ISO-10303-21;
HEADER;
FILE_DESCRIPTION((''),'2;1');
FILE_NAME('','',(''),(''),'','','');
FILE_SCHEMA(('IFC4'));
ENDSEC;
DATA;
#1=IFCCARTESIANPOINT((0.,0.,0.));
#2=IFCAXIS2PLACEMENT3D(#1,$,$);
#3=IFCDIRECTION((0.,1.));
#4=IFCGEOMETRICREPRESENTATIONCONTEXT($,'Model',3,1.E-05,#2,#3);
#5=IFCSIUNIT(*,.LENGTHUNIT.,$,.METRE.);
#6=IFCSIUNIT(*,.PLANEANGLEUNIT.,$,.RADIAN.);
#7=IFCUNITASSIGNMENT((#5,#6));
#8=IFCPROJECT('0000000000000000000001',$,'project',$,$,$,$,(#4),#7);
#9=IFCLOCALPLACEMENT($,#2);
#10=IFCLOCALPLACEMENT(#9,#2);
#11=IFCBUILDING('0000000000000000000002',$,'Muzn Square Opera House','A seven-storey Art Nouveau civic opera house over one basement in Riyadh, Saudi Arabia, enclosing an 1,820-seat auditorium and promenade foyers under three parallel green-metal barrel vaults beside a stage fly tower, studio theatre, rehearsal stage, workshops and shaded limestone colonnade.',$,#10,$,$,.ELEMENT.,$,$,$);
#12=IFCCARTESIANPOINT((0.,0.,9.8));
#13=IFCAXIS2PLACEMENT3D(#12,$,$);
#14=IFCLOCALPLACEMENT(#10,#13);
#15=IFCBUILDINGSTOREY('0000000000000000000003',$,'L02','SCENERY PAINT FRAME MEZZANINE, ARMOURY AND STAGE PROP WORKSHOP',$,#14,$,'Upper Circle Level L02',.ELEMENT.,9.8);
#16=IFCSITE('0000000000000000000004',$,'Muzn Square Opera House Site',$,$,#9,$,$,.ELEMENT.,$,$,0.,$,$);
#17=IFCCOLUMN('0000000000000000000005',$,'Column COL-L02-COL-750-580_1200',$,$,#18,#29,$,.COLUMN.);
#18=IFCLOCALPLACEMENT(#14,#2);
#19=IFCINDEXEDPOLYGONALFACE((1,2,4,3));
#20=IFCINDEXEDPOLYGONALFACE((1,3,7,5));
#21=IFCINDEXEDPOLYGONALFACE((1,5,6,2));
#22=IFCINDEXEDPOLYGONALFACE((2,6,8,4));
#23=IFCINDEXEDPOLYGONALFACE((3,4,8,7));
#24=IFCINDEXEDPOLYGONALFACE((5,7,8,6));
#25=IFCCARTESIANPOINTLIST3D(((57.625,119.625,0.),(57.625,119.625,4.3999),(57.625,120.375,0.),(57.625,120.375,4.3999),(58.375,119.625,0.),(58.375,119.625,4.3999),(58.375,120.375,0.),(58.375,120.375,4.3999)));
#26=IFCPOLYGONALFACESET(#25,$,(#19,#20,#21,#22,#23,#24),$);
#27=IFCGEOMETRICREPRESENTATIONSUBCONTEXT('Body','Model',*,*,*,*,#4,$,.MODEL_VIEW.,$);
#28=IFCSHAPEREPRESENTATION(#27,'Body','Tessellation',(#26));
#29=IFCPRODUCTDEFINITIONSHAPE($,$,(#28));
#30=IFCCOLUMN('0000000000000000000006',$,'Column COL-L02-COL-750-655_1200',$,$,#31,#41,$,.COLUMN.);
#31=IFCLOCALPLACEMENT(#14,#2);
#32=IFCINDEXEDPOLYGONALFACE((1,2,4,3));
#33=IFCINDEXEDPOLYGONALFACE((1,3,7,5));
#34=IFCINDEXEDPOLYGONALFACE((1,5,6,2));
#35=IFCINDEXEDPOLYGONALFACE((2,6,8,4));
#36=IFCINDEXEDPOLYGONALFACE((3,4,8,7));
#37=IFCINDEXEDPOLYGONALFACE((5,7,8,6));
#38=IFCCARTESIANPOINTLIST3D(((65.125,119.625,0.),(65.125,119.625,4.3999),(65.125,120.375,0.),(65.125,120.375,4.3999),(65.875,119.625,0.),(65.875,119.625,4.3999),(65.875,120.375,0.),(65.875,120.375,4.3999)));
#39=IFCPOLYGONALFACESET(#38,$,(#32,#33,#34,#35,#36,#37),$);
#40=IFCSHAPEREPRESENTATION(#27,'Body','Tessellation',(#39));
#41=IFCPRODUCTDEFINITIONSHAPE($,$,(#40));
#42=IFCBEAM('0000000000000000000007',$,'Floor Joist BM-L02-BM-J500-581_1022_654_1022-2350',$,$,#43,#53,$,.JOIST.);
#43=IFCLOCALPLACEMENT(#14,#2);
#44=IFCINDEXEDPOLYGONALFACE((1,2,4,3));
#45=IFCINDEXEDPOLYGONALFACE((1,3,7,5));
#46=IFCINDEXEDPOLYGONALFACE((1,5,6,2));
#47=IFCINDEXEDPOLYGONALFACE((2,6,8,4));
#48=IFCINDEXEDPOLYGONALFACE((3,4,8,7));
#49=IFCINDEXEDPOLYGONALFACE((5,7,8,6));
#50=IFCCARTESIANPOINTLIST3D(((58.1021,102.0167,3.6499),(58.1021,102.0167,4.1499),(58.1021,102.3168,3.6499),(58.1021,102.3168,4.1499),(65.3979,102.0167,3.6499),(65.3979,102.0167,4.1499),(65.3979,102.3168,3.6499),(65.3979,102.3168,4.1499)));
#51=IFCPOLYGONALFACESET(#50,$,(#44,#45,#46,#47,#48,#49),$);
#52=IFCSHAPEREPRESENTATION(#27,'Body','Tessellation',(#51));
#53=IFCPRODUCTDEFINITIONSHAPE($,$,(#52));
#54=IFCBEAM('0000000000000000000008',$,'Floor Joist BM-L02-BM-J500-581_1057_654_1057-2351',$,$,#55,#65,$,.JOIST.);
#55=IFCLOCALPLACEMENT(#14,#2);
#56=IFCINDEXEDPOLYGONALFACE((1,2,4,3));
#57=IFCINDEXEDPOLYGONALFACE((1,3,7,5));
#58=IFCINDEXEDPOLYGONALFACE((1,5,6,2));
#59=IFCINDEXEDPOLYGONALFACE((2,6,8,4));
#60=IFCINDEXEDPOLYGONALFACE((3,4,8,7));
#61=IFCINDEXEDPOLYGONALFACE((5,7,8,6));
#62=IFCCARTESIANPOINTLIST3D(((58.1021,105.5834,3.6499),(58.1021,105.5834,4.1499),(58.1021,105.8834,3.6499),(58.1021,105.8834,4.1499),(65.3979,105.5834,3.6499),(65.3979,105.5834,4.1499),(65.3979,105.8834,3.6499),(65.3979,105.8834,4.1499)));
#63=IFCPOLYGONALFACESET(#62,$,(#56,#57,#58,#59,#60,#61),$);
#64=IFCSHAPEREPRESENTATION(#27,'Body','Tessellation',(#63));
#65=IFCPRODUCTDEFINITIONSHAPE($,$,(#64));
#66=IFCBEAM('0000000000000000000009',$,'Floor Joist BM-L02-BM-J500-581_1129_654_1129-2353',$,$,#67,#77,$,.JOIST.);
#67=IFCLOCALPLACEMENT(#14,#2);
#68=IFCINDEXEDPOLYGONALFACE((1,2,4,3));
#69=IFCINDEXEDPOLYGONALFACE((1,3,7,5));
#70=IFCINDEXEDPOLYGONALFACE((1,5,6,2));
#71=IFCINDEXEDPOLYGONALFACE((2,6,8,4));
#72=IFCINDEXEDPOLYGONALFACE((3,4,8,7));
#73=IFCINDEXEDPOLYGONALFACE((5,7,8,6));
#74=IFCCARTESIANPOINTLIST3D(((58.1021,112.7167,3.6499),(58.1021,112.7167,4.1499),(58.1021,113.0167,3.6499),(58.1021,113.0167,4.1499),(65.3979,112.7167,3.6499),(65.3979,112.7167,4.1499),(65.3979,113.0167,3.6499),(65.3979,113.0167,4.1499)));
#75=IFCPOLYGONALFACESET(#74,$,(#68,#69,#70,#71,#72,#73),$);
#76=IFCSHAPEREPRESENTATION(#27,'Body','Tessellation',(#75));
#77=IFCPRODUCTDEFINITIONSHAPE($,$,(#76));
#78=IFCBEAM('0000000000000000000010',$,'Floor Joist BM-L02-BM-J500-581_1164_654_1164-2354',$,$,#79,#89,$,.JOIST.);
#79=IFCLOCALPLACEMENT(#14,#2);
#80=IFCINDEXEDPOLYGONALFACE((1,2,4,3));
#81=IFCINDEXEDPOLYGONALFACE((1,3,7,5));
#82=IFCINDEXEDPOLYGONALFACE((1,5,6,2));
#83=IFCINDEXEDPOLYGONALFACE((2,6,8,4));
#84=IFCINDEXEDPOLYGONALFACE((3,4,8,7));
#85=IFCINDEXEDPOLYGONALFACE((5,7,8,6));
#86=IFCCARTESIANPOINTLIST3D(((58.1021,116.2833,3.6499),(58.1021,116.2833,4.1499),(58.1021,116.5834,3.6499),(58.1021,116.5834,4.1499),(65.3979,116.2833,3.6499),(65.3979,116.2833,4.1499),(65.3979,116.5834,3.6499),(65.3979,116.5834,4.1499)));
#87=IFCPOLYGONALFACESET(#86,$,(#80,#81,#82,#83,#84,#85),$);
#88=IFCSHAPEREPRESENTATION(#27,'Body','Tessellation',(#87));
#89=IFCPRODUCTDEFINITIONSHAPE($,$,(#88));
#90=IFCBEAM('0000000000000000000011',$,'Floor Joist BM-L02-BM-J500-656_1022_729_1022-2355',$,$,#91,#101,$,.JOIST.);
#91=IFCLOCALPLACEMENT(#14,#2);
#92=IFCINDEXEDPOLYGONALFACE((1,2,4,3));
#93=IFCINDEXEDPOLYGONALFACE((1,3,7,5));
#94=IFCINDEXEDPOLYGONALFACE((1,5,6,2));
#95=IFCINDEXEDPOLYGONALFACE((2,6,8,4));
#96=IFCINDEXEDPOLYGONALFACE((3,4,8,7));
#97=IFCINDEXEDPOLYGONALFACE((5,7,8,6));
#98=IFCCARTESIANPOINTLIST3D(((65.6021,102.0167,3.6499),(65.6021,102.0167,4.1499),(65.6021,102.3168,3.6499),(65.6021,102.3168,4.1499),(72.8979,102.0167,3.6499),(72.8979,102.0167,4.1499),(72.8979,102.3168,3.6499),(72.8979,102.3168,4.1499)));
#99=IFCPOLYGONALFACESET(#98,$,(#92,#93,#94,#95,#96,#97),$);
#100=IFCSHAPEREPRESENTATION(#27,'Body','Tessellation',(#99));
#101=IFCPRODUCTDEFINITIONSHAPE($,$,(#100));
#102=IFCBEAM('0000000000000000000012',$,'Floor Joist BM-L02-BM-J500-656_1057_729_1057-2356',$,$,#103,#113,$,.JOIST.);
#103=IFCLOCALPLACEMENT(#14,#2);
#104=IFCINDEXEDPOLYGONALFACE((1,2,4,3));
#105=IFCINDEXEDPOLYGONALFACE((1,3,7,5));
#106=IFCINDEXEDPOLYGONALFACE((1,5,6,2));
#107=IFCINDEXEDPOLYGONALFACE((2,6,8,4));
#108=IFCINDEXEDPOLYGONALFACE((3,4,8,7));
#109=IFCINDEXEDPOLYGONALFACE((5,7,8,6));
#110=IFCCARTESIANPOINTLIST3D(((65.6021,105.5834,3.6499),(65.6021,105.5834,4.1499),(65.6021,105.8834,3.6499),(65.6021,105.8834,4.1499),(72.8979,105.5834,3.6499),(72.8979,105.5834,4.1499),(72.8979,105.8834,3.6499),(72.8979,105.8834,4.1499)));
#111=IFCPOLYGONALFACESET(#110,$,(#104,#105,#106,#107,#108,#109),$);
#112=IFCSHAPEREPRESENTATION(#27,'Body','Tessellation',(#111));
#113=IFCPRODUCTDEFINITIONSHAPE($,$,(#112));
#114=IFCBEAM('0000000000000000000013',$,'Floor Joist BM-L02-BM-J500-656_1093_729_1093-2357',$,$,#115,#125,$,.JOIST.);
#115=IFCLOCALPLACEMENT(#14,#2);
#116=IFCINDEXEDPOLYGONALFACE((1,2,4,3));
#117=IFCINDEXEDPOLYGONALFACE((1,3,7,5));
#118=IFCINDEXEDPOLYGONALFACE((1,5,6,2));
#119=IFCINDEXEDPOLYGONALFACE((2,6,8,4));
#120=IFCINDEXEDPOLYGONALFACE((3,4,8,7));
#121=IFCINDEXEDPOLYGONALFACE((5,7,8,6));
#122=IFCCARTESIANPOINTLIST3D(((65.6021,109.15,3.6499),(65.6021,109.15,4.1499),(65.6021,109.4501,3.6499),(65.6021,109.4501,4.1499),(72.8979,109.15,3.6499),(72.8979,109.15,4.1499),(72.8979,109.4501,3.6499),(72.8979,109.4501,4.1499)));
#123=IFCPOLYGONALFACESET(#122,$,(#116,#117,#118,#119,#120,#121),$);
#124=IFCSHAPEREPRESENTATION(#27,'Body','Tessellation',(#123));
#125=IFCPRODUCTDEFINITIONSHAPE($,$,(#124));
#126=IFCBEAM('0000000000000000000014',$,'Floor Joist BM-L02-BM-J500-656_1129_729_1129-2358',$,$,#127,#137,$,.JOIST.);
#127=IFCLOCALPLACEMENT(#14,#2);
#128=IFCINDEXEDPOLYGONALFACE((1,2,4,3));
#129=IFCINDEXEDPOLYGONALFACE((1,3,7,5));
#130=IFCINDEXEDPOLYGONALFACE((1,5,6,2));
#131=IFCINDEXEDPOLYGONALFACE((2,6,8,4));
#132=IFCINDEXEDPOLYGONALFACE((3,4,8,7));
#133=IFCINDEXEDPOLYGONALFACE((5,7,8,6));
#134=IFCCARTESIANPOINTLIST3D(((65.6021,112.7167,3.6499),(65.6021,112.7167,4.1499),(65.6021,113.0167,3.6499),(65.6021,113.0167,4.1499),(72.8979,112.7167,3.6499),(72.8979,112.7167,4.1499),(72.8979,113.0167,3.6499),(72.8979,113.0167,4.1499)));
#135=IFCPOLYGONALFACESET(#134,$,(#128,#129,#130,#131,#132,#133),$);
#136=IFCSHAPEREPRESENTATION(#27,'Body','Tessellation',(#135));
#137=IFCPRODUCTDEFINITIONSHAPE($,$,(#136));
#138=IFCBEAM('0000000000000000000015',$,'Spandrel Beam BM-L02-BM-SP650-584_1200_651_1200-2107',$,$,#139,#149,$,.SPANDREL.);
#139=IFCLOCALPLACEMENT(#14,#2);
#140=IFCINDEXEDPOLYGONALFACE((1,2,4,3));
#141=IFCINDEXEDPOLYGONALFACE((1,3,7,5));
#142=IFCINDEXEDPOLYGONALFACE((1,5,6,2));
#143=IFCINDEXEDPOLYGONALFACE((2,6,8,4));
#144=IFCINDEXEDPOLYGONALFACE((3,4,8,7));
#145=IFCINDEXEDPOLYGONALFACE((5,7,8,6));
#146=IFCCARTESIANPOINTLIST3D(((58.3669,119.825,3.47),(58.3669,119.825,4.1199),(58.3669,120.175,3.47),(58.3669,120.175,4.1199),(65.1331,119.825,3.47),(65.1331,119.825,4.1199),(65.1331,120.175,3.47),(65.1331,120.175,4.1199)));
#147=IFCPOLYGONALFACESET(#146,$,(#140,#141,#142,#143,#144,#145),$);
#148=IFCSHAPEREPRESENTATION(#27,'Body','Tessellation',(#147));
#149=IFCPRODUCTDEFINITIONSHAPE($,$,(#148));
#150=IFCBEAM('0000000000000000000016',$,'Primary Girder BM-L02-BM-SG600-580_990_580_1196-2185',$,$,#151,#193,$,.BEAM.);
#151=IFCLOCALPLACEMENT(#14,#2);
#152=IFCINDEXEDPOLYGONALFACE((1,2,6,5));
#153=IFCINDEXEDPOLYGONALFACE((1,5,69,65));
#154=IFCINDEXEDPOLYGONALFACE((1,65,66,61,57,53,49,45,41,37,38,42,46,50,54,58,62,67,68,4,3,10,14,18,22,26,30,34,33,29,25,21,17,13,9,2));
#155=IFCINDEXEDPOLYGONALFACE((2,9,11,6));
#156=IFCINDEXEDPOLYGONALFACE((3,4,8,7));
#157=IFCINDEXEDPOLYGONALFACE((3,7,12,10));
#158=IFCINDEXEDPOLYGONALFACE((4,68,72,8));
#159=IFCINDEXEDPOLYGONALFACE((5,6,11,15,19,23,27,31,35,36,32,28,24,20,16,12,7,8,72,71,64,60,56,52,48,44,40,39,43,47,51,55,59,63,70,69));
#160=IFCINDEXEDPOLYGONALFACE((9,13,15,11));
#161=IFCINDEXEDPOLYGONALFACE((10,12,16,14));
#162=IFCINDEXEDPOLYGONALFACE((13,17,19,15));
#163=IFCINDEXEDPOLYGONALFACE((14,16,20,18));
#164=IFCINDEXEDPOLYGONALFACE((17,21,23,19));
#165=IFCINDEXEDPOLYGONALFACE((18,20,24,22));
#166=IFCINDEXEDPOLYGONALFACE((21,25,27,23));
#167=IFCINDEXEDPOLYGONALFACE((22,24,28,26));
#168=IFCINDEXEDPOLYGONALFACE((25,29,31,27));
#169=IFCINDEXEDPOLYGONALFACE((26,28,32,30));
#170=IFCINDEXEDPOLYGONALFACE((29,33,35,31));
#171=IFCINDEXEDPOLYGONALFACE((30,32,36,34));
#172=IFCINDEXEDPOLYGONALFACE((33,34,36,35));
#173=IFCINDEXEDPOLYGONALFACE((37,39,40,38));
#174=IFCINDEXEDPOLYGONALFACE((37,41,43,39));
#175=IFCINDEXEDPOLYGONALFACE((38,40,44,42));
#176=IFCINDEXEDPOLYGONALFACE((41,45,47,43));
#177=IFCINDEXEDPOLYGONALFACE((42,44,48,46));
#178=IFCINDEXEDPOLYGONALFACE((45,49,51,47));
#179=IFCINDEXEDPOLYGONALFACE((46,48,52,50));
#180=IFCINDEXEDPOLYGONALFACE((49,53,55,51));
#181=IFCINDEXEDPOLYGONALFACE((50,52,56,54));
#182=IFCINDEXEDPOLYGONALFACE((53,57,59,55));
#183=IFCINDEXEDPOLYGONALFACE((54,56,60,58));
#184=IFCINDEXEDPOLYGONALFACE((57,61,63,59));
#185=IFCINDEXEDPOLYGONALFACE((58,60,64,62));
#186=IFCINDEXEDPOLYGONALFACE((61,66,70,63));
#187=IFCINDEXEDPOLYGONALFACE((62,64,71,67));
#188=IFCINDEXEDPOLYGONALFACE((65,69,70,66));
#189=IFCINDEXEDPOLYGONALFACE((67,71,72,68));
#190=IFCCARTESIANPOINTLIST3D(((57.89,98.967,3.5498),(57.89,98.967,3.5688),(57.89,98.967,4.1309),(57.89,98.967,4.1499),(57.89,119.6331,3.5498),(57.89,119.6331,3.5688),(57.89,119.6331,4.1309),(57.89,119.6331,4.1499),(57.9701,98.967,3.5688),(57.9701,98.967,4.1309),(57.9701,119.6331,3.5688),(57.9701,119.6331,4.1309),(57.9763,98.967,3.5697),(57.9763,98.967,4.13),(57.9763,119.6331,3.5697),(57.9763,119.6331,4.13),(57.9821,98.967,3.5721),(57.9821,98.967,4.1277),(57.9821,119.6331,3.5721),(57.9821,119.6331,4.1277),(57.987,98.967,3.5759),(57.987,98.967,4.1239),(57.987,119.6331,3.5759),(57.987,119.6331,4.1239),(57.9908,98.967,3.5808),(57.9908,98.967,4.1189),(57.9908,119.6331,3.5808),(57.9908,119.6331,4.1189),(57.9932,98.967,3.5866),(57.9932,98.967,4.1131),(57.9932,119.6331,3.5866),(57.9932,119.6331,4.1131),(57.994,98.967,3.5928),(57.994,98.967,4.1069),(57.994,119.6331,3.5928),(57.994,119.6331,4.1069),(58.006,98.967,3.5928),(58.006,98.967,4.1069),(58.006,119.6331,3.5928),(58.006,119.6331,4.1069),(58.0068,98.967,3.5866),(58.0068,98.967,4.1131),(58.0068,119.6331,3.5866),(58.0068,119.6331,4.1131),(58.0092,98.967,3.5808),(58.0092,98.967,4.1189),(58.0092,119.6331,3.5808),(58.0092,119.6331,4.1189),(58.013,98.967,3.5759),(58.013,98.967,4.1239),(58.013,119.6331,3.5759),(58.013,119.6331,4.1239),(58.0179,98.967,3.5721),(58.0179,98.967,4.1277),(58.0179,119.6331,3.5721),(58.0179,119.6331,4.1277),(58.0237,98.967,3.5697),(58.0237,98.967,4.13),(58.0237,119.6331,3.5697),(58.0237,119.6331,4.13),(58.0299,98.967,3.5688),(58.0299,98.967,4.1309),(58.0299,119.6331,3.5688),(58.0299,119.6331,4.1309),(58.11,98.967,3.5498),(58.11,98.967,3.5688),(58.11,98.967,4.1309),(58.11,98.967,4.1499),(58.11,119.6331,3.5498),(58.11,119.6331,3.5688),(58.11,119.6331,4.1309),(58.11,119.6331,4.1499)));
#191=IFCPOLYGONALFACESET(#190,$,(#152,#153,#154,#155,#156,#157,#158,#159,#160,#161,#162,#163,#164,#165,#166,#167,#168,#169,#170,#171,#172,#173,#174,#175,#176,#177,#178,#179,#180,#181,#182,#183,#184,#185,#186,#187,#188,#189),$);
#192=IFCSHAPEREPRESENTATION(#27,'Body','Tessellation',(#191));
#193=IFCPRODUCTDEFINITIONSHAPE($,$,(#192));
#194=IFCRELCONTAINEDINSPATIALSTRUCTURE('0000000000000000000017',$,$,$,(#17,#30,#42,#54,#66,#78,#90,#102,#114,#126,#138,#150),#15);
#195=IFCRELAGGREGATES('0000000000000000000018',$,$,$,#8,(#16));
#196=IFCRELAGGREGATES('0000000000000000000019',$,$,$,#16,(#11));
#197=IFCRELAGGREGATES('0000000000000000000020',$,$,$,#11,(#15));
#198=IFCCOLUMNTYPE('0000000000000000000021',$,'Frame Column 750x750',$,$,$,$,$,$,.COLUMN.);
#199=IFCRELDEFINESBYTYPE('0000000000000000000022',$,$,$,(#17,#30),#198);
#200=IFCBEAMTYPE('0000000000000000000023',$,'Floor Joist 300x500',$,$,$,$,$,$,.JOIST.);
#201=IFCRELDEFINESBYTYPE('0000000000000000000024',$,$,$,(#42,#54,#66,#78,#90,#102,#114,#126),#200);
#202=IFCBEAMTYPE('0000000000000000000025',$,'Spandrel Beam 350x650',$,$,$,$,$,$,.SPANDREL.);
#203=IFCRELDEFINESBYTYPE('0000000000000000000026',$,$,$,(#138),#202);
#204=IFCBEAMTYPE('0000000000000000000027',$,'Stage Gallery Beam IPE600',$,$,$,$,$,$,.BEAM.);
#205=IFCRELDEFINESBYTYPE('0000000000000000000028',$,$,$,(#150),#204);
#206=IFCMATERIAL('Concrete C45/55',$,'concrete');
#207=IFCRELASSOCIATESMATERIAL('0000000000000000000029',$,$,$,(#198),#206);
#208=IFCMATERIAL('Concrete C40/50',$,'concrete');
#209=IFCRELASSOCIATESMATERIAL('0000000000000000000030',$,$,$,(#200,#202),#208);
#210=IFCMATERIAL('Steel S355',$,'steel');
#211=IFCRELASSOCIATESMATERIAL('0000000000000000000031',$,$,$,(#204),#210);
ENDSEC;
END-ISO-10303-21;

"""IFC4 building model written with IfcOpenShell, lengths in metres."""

from ifc_helpers import new_model, si_unit, direction, frame, origin, origin_2d, place, context, subcontext, project, spatial, rectangle, i_section, extrude, material, material_profile, profile_set, type_object, element, save


model = new_model("IFC4")

# Units and contexts
model_context = context("Model", 3, precision=1e-05, world=origin(), true_north=direction((0.0, 1.0)))
body_context = subcontext(model_context, "Body", "Model", "MODEL_VIEW")
ifc_project = project(units=[si_unit("LENGTHUNIT", "METRE"), si_unit("PLANEANGLEUNIT", "RADIAN")], contexts=[model_context])

# Site, building, storey
site_placement = place(None, origin())
site = spatial("IfcSite", under=ifc_project, at=site_placement, Name="Muzn Square Opera House Site", CompositionType="ELEMENT", RefElevation=0.0)
building_placement = place(site_placement, origin())
building = spatial("IfcBuilding", under=site, at=building_placement, Name="Muzn Square Opera House", Description="A seven-storey Art Nouveau civic opera house over one basement in Riyadh, Saudi Arabia, enclosing an 1,820-seat auditorium and promenade foyers under three parallel green-metal barrel vaults beside a stage fly tower, studio theatre, rehearsal stage, workshops and shaded limestone colonnade.", CompositionType="ELEMENT")
storey_placement = place(building_placement, frame((0.0, 0.0, 9.8)))
storey = spatial("IfcBuildingStorey", under=building, at=storey_placement, Name="L02", Description="SCENERY PAINT FRAME MEZZANINE, ARMOURY AND STAGE PROP WORKSHOP", LongName="Upper Circle Level L02", CompositionType="ELEMENT", Elevation=9.8)

# Columns
ifc_material_1 = material(Name="Concrete C45/55", Category="concrete")
ifc_material_profile_1 = material_profile(ifc_material_1, rectangle(XDim=0.75, YDim=0.75, at=origin_2d()), Name="RC 750x750", Category="concrete")
ifc_profile_set_1 = profile_set([ifc_material_profile_1], Name="Concrete C45/55")
column_type = type_object("IfcColumnType", Name="Frame Column 750x750", PredefinedType="COLUMN", material=ifc_profile_set_1)
for number, where, z_axis, x_axis, name in (
    (1, (58.0, 120.0, 0.0), (0.0, 0.0, 1.0), (1.0, 0.0, 0.0), "Column COL-L02-COL-750-580_1200"),
    (2, (65.5, 120.0, 0.0), (0.0, 0.0, 1.0), (1.0, 0.0, 0.0), "Column COL-L02-COL-750-655_1200"),
):
    element("IfcColumn", number, at=place(storey_placement, frame(where, z_axis=z_axis, x_axis=x_axis)), inside=storey, type_object=column_type, Name=name, PredefinedType="COLUMN", context=body_context, shape_type="SweptSolid", body=[
        extrude(rectangle(XDim=0.75, YDim=0.75, at=origin_2d()), origin(), (0.0, 0.0, 1.0), 4.3999),
    ])

# Beams
ifc_material_2 = material(Name="Concrete C40/50", Category="concrete")
ifc_material_profile_2 = material_profile(ifc_material_2, rectangle(XDim=0.3, YDim=0.5, at=origin_2d()), Name="RCJ 300x500", Category="concrete")
ifc_profile_set_2 = profile_set([ifc_material_profile_2], Name="Concrete C40/50")
beam_type_1 = type_object("IfcBeamType", Name="Floor Joist 300x500", PredefinedType="JOIST", material=ifc_profile_set_2)
for number, where, z_axis, x_axis, name in (
    (3, (58.1021, 102.1667, 3.8999), (1.0, 0.0, 0.0), (0.0, 1.0, 0.0), "Floor Joist BM-L02-BM-J500-581_1022_654_1022-2350"),
    (4, (58.1021, 105.7334, 3.8999), (1.0, 0.0, 0.0), (0.0, 1.0, 0.0), "Floor Joist BM-L02-BM-J500-581_1057_654_1057-2351"),
    (5, (58.1021, 112.8667, 3.8999), (1.0, 0.0, 0.0), (0.0, 1.0, 0.0), "Floor Joist BM-L02-BM-J500-581_1129_654_1129-2353"),
    (6, (58.1021, 116.4333, 3.8999), (1.0, 0.0, 0.0), (0.0, 1.0, 0.0), "Floor Joist BM-L02-BM-J500-581_1164_654_1164-2354"),
    (7, (65.6021, 102.1667, 3.8999), (1.0, 0.0, 0.0), (0.0, 1.0, 0.0), "Floor Joist BM-L02-BM-J500-656_1022_729_1022-2355"),
    (8, (65.6021, 105.7334, 3.8999), (1.0, 0.0, 0.0), (0.0, 1.0, 0.0), "Floor Joist BM-L02-BM-J500-656_1057_729_1057-2356"),
    (9, (65.6021, 109.3, 3.8999), (1.0, 0.0, 0.0), (0.0, 1.0, 0.0), "Floor Joist BM-L02-BM-J500-656_1093_729_1093-2357"),
    (10, (65.6021, 112.8667, 3.8999), (1.0, 0.0, 0.0), (0.0, 1.0, 0.0), "Floor Joist BM-L02-BM-J500-656_1129_729_1129-2358"),
):
    element("IfcBeam", number, at=place(storey_placement, frame(where, z_axis=z_axis, x_axis=x_axis)), inside=storey, type_object=beam_type_1, Name=name, PredefinedType="JOIST", context=body_context, shape_type="SweptSolid", body=[
        extrude(rectangle(XDim=0.3, YDim=0.5, at=origin_2d()), origin(), (0.0, 0.0, 1.0), 7.2959),
    ])
ifc_material_profile_3 = material_profile(ifc_material_2, rectangle(XDim=0.3501, YDim=0.6499, at=origin_2d()), Name="RCS 350x650", Category="concrete")
ifc_profile_set_3 = profile_set([ifc_material_profile_3], Name="Concrete C40/50")
beam_type_2 = type_object("IfcBeamType", Name="Spandrel Beam 350x650", PredefinedType="SPANDREL", material=ifc_profile_set_3)
beam_placement = place(storey_placement, frame((58.3669, 120.0, 3.7949), z_axis=(1.0, 0.0, 0.0), x_axis=(0.0, 1.0, 0.0)))
element("IfcBeam", 11, at=beam_placement, inside=storey, type_object=beam_type_2, Name="Spandrel Beam BM-L02-BM-SP650-584_1200_651_1200-2107", PredefinedType="SPANDREL", context=body_context, shape_type="SweptSolid", body=[
    extrude(rectangle(XDim=0.3501, YDim=0.6499, at=origin_2d()), origin(), (0.0, 0.0, 1.0), 6.7661),
])
ifc_material_3 = material(Name="Steel S355", Category="steel")
ifc_material_profile_4 = material_profile(ifc_material_3, i_section(OverallWidth=0.22, OverallDepth=0.6001, WebThickness=0.012, FlangeThickness=0.019, FilletRadius=0.0239, at=origin_2d()), Name="IPE 600", Category="steel")
ifc_profile_set_4 = profile_set([ifc_material_profile_4], Name="Steel S355")
beam_type_3 = type_object("IfcBeamType", Name="Stage Gallery Beam IPE600", PredefinedType="BEAM", material=ifc_profile_set_4)
for number, where, z_axis, x_axis, name in (
    (12, (58.0, 98.967, 3.8499), (0.0, 1.0, 0.0), (-1.0, 0.0, 0.0), "Primary Girder BM-L02-BM-SG600-580_990_580_1196-2185"),
):
    element("IfcBeam", number, at=place(storey_placement, frame(where, z_axis=z_axis, x_axis=x_axis)), inside=storey, type_object=beam_type_3, Name=name, PredefinedType="BEAM", context=body_context, shape_type="SweptSolid", body=[
        extrude(i_section(OverallWidth=0.22, OverallDepth=0.6001, WebThickness=0.012, FlangeThickness=0.019, FilletRadius=0.0239, at=origin_2d()), origin(), (0.0, 0.0, 1.0), 20.666),
    ])

save(model, "model.ifc")
